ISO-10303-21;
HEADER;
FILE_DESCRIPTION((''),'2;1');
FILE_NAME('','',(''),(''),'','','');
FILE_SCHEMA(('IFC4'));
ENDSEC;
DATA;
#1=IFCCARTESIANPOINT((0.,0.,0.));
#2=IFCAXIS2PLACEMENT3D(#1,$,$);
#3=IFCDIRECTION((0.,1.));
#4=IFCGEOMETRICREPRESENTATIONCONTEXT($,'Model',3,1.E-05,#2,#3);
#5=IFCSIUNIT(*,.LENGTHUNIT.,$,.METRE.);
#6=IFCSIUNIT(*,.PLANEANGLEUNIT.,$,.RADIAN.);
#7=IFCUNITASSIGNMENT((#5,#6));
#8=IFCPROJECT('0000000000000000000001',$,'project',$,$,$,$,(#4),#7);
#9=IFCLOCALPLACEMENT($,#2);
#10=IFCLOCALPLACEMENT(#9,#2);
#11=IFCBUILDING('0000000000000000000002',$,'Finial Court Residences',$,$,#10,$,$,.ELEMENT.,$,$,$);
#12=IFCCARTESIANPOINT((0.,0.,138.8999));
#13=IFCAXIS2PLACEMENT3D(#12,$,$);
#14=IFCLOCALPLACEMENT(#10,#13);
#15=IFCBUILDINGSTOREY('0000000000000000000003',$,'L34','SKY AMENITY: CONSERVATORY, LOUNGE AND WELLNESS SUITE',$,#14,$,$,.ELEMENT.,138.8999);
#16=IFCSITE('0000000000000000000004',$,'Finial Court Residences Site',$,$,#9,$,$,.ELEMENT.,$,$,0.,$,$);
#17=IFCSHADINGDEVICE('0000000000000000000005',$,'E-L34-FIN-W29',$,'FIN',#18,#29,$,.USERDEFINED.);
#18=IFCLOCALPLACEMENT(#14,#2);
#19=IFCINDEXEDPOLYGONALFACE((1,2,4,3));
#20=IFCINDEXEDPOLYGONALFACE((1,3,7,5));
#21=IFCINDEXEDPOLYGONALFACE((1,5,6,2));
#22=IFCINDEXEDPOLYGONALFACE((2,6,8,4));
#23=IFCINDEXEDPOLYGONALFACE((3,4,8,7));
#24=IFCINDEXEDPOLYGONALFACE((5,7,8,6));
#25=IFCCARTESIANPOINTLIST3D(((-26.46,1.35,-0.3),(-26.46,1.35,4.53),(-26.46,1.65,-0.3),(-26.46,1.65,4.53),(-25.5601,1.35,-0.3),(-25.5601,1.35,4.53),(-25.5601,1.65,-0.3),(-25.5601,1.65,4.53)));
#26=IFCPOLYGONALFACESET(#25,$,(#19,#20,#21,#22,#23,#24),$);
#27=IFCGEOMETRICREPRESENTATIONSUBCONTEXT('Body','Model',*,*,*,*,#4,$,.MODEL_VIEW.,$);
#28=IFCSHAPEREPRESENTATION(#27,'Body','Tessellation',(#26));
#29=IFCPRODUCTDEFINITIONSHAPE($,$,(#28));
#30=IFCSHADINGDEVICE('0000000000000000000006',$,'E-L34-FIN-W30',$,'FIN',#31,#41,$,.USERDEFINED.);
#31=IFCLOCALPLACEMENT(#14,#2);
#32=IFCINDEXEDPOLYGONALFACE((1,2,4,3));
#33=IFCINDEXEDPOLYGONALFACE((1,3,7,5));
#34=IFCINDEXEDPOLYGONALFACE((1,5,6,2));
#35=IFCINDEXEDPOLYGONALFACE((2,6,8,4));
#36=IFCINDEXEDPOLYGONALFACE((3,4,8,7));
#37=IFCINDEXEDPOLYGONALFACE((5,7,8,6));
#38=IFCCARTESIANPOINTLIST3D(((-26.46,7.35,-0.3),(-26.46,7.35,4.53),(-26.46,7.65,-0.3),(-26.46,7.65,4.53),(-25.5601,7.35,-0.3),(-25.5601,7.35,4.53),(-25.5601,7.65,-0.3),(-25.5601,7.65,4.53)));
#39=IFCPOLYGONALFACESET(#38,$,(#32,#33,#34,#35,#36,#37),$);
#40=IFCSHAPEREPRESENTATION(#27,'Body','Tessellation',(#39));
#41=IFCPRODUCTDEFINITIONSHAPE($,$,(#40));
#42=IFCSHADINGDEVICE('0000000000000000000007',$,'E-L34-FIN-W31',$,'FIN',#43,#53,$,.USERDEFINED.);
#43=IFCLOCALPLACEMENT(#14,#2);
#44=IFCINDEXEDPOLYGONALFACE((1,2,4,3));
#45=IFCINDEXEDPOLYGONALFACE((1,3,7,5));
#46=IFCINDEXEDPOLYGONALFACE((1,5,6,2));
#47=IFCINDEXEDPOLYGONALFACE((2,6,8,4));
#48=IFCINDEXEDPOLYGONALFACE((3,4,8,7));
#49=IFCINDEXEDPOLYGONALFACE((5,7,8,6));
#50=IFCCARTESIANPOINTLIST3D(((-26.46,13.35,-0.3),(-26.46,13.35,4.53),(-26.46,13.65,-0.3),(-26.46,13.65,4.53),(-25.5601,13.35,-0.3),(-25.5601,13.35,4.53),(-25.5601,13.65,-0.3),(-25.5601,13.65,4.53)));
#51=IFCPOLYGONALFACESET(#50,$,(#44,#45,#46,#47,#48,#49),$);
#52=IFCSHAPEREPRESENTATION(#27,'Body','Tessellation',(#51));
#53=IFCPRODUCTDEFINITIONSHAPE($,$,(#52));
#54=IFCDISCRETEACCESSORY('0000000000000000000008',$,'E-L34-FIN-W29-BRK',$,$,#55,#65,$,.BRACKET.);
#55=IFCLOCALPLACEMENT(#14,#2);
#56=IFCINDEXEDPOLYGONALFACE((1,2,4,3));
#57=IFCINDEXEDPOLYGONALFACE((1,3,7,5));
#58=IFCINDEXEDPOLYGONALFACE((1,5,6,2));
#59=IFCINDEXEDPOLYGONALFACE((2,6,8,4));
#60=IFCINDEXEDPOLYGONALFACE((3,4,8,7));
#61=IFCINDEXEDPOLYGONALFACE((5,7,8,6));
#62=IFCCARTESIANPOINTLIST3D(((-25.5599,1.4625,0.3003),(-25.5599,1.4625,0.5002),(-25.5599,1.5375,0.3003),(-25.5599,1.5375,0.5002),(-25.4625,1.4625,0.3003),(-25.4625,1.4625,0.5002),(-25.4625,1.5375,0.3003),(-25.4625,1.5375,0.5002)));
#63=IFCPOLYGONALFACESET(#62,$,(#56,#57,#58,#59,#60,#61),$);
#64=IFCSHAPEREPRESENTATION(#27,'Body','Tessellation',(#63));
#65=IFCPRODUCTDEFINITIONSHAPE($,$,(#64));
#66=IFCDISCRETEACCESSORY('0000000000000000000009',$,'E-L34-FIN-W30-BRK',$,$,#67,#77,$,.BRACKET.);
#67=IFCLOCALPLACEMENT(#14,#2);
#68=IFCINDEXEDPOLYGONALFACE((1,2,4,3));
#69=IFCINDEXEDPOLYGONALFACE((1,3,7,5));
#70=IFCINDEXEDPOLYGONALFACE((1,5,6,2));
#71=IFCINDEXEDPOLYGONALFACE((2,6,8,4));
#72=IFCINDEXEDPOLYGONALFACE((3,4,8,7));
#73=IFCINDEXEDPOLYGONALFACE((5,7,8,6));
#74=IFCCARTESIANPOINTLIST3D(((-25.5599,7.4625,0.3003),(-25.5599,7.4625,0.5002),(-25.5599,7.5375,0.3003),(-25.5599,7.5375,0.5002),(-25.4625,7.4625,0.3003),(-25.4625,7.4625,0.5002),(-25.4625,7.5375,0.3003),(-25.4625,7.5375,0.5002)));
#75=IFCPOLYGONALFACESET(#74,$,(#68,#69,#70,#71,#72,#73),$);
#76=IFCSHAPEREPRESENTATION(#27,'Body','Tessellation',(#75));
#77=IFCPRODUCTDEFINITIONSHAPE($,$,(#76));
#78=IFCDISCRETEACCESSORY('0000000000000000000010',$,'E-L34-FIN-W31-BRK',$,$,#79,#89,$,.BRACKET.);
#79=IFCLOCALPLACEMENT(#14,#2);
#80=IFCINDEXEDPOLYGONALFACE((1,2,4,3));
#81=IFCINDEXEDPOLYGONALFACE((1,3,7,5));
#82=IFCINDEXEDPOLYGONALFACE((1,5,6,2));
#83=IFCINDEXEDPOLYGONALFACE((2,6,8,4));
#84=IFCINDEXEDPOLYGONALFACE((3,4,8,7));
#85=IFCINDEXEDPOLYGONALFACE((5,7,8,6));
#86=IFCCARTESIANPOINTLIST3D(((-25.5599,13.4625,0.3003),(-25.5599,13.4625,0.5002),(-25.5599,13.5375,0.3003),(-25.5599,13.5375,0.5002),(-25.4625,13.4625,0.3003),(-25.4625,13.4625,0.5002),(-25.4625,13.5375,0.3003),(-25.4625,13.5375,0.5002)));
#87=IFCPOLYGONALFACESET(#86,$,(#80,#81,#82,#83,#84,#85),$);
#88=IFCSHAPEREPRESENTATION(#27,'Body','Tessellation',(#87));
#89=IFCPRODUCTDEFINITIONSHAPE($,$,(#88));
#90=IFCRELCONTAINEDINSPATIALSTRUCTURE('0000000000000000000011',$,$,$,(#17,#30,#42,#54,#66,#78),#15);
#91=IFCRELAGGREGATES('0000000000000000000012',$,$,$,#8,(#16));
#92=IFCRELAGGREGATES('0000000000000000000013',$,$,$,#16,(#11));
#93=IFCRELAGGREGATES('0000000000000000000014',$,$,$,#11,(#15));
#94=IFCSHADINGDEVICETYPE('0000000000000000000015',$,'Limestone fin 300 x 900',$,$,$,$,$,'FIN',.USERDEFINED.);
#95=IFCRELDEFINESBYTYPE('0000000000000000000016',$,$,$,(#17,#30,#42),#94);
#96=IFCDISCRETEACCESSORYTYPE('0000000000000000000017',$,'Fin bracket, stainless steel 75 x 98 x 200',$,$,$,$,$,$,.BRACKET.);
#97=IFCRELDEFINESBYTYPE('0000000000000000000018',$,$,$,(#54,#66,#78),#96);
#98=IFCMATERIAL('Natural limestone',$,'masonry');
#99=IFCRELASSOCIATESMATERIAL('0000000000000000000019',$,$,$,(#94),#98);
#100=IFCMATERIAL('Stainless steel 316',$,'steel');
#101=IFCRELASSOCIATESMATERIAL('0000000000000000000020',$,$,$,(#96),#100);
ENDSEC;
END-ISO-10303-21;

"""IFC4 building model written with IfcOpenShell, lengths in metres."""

from ifc_helpers import new_model, si_unit, direction, frame, origin, origin_2d, place, context, subcontext, project, spatial, rectangle, extrude, material, type_object, element, save


model = new_model("IFC4")

# Units and contexts
model_context = context("Model", 3, precision=1e-05, world=origin(), true_north=direction((0.0, 1.0)))
body_context = subcontext(model_context, "Body", "Model", "MODEL_VIEW")
ifc_project = project(units=[si_unit("LENGTHUNIT", "METRE"), si_unit("PLANEANGLEUNIT", "RADIAN")], contexts=[model_context])

# Site, building, storey
site_placement = place(None, origin())
site = spatial("IfcSite", under=ifc_project, at=site_placement, Name="Finial Court Residences Site", CompositionType="ELEMENT", RefElevation=0.0)
building_placement = place(site_placement, origin())
building = spatial("IfcBuilding", under=site, at=building_placement, Name="Finial Court Residences", CompositionType="ELEMENT")
storey_placement = place(building_placement, frame((0.0, 0.0, 138.8999)))
storey = spatial("IfcBuildingStorey", under=building, at=storey_placement, Name="L34", Description="SKY AMENITY: CONSERVATORY, LOUNGE AND WELLNESS SUITE", CompositionType="ELEMENT", Elevation=138.8999)

# Shading devices
ifc_material_1 = material(Name="Natural limestone", Category="masonry")
shading_device_type = type_object("IfcShadingDeviceType", Name="Limestone fin 300 x 900", ElementType="FIN", PredefinedType="USERDEFINED", material=ifc_material_1)
for number, where, z_axis, x_axis, name in (
    (1, (-26.01, 1.5, -0.3), (0.0, 0.0, 1.0), (1.0, 0.0, 0.0), "E-L34-FIN-W29"),
    (2, (-26.01, 7.5, -0.3), (0.0, 0.0, 1.0), (1.0, 0.0, 0.0), "E-L34-FIN-W30"),
    (3, (-26.01, 13.5, -0.3), (0.0, 0.0, 1.0), (1.0, 0.0, 0.0), "E-L34-FIN-W31"),
):
    element("IfcShadingDevice", number, at=place(storey_placement, frame(where, z_axis=z_axis, x_axis=x_axis)), inside=storey, type_object=shading_device_type, Name=name, ObjectType="FIN", PredefinedType="USERDEFINED", context=body_context, shape_type="SweptSolid", body=[
        extrude(rectangle(XDim=0.8999, YDim=0.3, at=origin_2d()), origin(), (0.0, 0.0, 1.0), 4.8301),
    ])

# Discrete accessories
ifc_material_2 = material(Name="Stainless steel 316", Category="steel")
discrete_accessory_type = type_object("IfcDiscreteAccessoryType", Name="Fin bracket, stainless steel 75 x 98 x 200", PredefinedType="BRACKET", material=ifc_material_2)
for number, where, z_axis, x_axis, name in (
    (4, (-25.5112, 1.5, 0.3003), (0.0, 0.0, 1.0), (1.0, 0.0, 0.0), "E-L34-FIN-W29-BRK"),
    (5, (-25.5112, 7.5, 0.3003), (0.0, 0.0, 1.0), (1.0, 0.0, 0.0), "E-L34-FIN-W30-BRK"),
    (6, (-25.5112, 13.5, 0.3003), (0.0, 0.0, 1.0), (1.0, 0.0, 0.0), "E-L34-FIN-W31-BRK"),
):
    element("IfcDiscreteAccessory", number, at=place(storey_placement, frame(where, z_axis=z_axis, x_axis=x_axis)), inside=storey, type_object=discrete_accessory_type, Name=name, PredefinedType="BRACKET", context=body_context, shape_type="SweptSolid", body=[
        extrude(rectangle(XDim=0.0974, YDim=0.075, at=origin_2d()), origin(), (0.0, 0.0, 1.0), 0.2),
    ])

save(model, "model.ifc")
